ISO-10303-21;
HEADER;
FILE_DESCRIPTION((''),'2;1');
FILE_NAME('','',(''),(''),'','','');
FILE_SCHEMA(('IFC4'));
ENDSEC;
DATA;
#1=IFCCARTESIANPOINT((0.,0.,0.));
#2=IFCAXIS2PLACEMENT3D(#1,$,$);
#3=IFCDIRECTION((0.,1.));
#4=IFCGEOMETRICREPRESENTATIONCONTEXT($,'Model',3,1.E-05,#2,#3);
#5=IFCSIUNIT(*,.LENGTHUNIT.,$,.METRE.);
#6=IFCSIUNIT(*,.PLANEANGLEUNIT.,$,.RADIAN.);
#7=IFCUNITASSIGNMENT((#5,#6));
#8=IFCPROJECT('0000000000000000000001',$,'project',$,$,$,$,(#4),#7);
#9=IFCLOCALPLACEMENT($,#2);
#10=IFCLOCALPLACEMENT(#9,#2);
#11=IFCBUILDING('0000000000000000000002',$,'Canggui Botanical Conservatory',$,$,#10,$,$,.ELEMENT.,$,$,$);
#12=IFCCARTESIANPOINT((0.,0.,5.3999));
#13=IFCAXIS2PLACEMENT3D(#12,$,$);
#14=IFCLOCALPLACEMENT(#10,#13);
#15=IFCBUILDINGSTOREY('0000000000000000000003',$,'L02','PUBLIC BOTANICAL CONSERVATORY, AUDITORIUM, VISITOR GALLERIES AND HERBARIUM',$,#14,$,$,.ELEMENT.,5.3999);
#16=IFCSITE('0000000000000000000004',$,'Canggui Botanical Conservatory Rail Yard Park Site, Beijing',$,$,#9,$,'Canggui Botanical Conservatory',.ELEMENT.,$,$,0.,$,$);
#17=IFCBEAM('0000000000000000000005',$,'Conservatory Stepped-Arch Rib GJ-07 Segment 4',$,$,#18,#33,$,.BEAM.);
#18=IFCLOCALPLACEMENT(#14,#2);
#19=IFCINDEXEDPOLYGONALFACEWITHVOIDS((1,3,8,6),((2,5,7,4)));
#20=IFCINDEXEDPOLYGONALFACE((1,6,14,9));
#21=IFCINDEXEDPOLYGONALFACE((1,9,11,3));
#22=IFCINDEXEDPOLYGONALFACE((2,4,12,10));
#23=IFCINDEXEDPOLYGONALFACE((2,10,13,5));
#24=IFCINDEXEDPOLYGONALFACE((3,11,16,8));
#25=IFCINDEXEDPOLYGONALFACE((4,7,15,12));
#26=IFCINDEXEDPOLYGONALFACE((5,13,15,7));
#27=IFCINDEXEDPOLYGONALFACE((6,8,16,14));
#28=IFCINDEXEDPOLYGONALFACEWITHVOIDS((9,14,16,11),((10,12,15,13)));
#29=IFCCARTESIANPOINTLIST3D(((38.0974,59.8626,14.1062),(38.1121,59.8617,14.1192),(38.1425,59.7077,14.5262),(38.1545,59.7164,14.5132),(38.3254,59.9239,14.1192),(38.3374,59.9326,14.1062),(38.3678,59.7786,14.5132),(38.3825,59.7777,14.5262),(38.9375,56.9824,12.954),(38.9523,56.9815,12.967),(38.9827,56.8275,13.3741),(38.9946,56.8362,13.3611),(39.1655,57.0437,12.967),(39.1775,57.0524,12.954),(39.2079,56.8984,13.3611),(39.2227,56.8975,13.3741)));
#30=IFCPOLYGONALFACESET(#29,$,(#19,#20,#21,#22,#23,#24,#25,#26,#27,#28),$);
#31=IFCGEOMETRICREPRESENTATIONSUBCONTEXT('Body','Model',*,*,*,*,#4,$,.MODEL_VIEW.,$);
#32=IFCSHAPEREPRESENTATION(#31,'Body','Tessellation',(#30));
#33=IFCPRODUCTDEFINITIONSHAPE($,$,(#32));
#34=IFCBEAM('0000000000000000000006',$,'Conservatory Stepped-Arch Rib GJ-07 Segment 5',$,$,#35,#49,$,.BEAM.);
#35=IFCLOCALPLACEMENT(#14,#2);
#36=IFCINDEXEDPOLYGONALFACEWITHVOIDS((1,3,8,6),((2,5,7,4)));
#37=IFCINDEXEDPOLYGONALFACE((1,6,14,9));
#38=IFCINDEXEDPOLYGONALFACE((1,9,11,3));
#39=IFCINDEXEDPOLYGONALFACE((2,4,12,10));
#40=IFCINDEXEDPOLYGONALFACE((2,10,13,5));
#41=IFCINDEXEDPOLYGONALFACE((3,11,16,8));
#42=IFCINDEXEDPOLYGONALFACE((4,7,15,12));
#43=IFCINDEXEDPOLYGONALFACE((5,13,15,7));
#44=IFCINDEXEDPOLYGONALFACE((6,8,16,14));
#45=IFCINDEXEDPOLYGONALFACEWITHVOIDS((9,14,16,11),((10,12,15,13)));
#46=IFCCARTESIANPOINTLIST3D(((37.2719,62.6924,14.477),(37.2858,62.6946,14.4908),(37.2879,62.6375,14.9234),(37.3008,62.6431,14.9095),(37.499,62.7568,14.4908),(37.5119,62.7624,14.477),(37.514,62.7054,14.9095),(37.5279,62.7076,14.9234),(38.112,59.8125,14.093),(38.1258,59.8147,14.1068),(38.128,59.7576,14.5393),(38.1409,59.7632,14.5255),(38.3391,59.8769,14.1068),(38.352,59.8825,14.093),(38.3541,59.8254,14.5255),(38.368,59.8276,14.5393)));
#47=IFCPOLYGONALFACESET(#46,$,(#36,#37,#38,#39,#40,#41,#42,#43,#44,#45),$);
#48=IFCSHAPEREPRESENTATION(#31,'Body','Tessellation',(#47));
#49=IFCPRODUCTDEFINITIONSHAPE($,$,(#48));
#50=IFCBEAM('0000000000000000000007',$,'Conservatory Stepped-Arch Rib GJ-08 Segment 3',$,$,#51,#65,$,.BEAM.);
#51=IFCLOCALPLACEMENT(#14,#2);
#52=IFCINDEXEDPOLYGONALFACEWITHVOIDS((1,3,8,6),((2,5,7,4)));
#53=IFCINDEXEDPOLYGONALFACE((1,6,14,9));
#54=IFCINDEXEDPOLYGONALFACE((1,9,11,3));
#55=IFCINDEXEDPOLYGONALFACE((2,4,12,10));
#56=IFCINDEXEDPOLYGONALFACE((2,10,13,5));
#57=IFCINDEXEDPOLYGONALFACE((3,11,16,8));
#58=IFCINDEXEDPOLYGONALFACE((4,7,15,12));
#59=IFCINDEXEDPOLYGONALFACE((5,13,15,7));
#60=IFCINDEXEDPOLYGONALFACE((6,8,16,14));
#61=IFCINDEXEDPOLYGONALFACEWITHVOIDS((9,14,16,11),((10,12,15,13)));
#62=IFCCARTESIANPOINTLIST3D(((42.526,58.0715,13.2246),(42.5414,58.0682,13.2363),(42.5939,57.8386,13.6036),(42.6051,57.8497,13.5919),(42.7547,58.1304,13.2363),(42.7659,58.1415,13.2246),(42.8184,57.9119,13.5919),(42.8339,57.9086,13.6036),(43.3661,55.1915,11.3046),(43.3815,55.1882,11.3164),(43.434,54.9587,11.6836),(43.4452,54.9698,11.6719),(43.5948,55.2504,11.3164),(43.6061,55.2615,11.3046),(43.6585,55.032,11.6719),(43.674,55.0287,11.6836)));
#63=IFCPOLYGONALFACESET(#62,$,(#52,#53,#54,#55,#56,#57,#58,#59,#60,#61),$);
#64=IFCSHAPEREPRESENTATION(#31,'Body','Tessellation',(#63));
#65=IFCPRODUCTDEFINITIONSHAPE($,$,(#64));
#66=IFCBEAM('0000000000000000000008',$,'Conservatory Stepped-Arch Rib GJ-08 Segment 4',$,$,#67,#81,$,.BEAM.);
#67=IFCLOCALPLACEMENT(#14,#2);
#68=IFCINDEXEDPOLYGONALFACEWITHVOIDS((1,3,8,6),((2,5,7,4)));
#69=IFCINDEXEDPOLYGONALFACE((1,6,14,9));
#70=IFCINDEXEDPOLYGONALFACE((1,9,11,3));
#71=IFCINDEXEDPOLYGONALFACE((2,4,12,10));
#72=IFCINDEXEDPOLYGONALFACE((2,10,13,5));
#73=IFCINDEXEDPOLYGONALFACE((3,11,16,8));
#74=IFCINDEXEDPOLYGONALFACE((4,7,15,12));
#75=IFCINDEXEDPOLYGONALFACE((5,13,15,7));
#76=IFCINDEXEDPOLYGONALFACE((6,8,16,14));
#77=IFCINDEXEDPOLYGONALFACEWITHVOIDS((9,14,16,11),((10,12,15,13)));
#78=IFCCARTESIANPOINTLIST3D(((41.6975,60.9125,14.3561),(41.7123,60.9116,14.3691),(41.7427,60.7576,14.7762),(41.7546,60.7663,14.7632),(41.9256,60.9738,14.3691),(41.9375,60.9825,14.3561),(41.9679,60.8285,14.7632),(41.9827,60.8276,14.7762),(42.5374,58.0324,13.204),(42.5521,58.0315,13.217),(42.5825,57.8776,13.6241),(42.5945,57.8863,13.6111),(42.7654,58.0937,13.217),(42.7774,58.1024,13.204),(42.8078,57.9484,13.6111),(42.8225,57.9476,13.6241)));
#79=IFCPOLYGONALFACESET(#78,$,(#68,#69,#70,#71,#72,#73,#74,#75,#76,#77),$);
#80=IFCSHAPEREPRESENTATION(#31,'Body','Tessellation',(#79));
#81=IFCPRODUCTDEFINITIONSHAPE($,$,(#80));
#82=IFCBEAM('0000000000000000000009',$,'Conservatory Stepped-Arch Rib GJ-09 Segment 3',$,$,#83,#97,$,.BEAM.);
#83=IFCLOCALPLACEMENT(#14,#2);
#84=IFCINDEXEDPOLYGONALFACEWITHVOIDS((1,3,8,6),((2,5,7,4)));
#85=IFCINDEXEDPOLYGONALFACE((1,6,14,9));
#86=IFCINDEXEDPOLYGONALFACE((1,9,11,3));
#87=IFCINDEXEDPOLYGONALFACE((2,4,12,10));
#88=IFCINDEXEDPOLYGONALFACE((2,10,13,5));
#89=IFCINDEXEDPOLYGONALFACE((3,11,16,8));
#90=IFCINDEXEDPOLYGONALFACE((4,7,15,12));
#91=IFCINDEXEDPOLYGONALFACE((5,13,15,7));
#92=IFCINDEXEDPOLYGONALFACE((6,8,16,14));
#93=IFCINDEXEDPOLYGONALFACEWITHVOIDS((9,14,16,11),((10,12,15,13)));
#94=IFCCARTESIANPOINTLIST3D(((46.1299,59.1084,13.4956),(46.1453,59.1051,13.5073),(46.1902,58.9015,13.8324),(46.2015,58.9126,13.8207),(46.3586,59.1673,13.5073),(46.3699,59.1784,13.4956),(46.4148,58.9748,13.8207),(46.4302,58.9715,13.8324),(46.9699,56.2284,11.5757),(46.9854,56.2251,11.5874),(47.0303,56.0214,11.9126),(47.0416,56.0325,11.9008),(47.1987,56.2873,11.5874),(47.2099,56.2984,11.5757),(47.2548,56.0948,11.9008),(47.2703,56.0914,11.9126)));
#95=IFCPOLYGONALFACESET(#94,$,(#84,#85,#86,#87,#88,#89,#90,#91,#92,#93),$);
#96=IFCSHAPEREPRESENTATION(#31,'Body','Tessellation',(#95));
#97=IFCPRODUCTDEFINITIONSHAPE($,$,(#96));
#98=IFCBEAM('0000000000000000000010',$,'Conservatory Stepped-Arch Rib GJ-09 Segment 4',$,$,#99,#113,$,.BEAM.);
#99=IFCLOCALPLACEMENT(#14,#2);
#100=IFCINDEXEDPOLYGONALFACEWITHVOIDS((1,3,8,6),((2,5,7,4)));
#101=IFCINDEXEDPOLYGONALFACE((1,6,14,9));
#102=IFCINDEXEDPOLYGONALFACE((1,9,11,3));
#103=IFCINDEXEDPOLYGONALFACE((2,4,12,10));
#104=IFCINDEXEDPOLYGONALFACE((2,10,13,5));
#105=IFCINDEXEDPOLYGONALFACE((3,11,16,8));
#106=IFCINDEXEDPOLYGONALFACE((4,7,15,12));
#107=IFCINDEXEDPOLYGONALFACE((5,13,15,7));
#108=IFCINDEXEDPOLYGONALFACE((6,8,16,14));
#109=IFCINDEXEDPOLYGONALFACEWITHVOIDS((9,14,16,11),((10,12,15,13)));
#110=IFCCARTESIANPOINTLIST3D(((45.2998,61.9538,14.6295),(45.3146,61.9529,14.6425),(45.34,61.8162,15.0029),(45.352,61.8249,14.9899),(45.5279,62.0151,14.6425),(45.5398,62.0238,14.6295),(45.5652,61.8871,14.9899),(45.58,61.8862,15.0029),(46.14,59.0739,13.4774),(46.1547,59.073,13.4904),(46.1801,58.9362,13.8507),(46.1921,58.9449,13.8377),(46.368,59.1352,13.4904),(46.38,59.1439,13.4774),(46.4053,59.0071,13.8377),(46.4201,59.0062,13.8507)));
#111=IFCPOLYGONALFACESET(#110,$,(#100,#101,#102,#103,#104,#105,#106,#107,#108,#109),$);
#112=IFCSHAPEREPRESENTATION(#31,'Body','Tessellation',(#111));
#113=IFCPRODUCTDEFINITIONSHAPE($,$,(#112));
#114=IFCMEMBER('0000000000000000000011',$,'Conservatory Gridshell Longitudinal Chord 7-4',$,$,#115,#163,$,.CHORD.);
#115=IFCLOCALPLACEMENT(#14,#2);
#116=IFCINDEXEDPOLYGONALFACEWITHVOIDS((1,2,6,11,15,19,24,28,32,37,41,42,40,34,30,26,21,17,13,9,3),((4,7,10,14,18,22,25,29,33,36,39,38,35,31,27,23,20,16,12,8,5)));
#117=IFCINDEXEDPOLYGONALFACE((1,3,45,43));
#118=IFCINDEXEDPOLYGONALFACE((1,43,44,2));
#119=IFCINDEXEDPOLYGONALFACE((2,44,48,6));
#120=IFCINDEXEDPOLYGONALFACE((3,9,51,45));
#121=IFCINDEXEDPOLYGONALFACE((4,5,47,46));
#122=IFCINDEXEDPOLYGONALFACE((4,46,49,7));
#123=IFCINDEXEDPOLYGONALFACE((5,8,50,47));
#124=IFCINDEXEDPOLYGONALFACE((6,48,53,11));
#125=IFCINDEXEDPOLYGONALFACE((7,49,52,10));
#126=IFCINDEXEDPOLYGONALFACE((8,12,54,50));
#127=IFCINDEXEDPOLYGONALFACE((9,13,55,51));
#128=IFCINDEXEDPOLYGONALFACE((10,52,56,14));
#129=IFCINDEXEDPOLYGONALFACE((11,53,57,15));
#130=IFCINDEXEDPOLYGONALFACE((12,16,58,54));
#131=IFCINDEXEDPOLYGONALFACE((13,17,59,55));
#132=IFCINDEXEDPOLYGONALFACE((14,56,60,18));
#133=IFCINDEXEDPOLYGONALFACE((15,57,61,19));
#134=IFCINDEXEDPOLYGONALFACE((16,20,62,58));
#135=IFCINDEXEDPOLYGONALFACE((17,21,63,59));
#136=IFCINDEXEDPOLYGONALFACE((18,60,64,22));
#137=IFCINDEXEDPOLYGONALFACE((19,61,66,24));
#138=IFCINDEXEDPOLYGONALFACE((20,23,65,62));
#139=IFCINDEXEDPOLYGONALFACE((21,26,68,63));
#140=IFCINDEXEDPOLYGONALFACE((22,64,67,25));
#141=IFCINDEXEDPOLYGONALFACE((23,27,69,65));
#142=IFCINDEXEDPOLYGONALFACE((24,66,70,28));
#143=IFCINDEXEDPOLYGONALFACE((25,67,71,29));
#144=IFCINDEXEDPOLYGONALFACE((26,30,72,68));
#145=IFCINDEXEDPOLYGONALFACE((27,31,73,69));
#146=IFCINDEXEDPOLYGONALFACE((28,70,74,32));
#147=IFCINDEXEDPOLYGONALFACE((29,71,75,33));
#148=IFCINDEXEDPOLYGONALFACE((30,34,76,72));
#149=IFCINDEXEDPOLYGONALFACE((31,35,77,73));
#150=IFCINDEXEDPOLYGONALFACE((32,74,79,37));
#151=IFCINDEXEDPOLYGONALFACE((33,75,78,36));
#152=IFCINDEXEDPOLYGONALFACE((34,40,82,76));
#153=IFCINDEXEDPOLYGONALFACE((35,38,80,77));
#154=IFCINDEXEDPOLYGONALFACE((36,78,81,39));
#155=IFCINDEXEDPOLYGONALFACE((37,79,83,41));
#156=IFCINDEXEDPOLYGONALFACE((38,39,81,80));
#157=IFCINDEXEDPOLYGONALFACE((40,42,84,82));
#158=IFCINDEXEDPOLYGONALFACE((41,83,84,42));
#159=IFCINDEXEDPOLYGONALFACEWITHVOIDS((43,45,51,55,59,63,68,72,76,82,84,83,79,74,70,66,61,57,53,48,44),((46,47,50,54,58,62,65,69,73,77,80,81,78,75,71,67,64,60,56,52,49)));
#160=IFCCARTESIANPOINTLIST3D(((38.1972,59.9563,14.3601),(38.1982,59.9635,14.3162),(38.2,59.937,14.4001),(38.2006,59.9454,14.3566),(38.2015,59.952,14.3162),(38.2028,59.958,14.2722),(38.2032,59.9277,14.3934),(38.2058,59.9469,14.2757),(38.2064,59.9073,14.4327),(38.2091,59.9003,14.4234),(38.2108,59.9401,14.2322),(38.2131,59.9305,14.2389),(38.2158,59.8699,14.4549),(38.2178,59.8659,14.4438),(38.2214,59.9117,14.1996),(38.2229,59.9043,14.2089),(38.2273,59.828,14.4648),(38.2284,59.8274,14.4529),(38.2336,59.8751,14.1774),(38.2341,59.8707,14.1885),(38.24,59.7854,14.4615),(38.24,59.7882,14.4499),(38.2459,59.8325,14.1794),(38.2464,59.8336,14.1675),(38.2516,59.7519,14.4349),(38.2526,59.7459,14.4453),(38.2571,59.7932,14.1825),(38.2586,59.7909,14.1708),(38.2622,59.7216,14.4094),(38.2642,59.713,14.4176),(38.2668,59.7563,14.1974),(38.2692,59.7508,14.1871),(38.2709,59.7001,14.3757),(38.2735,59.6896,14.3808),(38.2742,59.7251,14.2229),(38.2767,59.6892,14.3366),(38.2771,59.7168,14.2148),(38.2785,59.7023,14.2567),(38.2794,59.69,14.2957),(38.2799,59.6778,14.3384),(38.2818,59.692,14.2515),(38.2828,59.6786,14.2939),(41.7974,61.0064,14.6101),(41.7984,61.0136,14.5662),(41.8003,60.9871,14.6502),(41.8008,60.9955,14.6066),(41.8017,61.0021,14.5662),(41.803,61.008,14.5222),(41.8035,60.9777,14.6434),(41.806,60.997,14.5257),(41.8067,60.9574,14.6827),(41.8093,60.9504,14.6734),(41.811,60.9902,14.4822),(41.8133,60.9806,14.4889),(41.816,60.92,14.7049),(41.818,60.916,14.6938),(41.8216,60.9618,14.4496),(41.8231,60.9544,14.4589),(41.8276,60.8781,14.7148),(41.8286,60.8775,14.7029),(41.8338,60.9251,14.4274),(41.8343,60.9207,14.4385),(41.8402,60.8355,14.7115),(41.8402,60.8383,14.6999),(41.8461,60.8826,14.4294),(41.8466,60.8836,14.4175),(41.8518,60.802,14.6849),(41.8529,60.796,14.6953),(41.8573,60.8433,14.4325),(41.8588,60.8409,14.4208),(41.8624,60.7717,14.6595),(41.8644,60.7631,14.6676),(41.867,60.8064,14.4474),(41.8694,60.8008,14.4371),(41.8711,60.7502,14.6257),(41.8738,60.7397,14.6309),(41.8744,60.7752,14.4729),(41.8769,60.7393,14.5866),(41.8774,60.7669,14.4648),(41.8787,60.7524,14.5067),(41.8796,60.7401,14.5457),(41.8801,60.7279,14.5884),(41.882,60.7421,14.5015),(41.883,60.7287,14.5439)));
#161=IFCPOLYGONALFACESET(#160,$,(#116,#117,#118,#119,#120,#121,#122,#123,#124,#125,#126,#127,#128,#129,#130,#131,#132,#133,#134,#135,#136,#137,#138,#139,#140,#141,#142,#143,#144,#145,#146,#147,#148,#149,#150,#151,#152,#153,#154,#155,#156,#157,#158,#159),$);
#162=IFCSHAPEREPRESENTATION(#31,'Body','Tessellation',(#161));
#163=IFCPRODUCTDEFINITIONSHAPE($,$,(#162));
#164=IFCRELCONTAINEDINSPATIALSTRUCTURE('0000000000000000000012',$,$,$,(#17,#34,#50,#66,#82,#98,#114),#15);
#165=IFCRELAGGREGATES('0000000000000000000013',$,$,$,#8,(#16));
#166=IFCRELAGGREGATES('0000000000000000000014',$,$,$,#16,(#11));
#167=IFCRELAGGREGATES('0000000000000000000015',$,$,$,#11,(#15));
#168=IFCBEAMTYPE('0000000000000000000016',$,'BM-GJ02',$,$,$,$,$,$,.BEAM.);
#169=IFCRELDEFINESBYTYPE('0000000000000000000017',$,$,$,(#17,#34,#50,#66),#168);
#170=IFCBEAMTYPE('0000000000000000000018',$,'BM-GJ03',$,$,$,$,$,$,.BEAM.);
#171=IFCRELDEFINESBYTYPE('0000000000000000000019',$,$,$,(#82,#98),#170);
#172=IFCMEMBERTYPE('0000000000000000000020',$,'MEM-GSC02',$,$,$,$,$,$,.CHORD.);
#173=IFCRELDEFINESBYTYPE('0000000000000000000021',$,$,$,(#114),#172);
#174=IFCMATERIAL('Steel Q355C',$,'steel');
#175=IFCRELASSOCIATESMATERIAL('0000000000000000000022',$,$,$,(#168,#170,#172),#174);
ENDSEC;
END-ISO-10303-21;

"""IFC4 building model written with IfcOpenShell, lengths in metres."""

from ifc_helpers import new_model, si_unit, direction, frame, origin, origin_2d, place, context, subcontext, project, spatial, hollow_rectangle, hollow_circle, extrude, material, material_profile, profile_set, type_object, element, save


model = new_model("IFC4")

# Units and contexts
model_context = context("Model", 3, precision=1e-05, world=origin(), true_north=direction((0.0, 1.0)))
body_context = subcontext(model_context, "Body", "Model", "MODEL_VIEW")
ifc_project = project(units=[si_unit("LENGTHUNIT", "METRE"), si_unit("PLANEANGLEUNIT", "RADIAN")], contexts=[model_context])

# Site, building, storey
site_placement = place(None, origin())
site = spatial("IfcSite", under=ifc_project, at=site_placement, Name="Canggui Botanical Conservatory Rail Yard Park Site, Beijing", LongName="Canggui Botanical Conservatory", CompositionType="ELEMENT", RefElevation=0.0)
building_placement = place(site_placement, origin())
building = spatial("IfcBuilding", under=site, at=building_placement, Name="Canggui Botanical Conservatory", CompositionType="ELEMENT")
storey_placement = place(building_placement, frame((0.0, 0.0, 5.3999)))
storey = spatial("IfcBuildingStorey", under=building, at=storey_placement, Name="L02", Description="PUBLIC BOTANICAL CONSERVATORY, AUDITORIUM, VISITOR GALLERIES AND HERBARIUM", CompositionType="ELEMENT", Elevation=5.3999)

# Beams
ifc_material_1 = material(Name="Steel Q355C", Category="steel")
ifc_material_profile_1 = material_profile(ifc_material_1, hollow_rectangle(XDim=0.25, YDim=0.45, WallThickness=0.0139, at=origin_2d()), Name="RHS 250x450x14")
ifc_profile_set_1 = profile_set([ifc_material_profile_1], Name="Steel Q355C")
beam_type_1 = type_object("IfcBeamType", Name="BM-GJ02", PredefinedType="BEAM", material=ifc_profile_set_1)
beam_1_placement = place(storey_placement, frame((39.0801, 56.9399, 13.1641), z_axis=(-0.261404, 0.896188, 0.35849), x_axis=(-0.959995, -0.280016, 0.0)))
element("IfcBeam", 1, at=beam_1_placement, inside=storey, type_object=beam_type_1, Name="Conservatory Stepped-Arch Rib GJ-07 Segment 4", PredefinedType="BEAM", context=body_context, shape_type="SweptSolid", body=[
    extrude(hollow_rectangle(XDim=0.25, YDim=0.45, WallThickness=0.0139, at=origin_2d()), origin(), (0.0, 0.0, 1.0), 3.2139),
])
beam_2_placement = place(storey_placement, frame((38.24, 59.8201, 14.3162), z_axis=(-0.277771, 0.952218, 0.126979), x_axis=(-0.959989, -0.280038, 0.0)))
element("IfcBeam", 2, at=beam_2_placement, inside=storey, type_object=beam_type_1, Name="Conservatory Stepped-Arch Rib GJ-07 Segment 5", PredefinedType="BEAM", context=body_context, shape_type="SweptSolid", body=[
    extrude(hollow_rectangle(XDim=0.25, YDim=0.45, WallThickness=0.0139, at=origin_2d()), origin(), (0.0, 0.0, 1.0), 3.0244),
])
beam_3_placement = place(storey_placement, frame((43.52, 55.1101, 11.4941), z_axis=(-0.235868, 0.808574, 0.539049), x_axis=(-0.959989, -0.280038, 0.0)))
element("IfcBeam", 3, at=beam_3_placement, inside=storey, type_object=beam_type_1, Name="Conservatory Stepped-Arch Rib GJ-08 Segment 3", PredefinedType="BEAM", context=body_context, shape_type="SweptSolid", body=[
    extrude(hollow_rectangle(XDim=0.25, YDim=0.45, WallThickness=0.0139, at=origin_2d()), origin(), (0.0, 0.0, 1.0), 3.5618),
])
beam_4_placement = place(storey_placement, frame((42.6799, 57.99, 13.4141), z_axis=(-0.261333, 0.896206, 0.358497), x_axis=(-0.960017, -0.279941, 0.0)))
element("IfcBeam", 4, at=beam_4_placement, inside=storey, type_object=beam_type_1, Name="Conservatory Stepped-Arch Rib GJ-08 Segment 4", PredefinedType="BEAM", context=body_context, shape_type="SweptSolid", body=[
    extrude(hollow_rectangle(XDim=0.25, YDim=0.45, WallThickness=0.0139, at=origin_2d()), origin(), (0.0, 0.0, 1.0), 3.2136),
])
ifc_material_profile_2 = material_profile(ifc_material_1, hollow_rectangle(XDim=0.25, YDim=0.3999, WallThickness=0.0139, at=origin_2d()), Name="RHS 250x400x14")
ifc_profile_set_2 = profile_set([ifc_material_profile_2], Name="Steel Q355C")
beam_type_2 = type_object("IfcBeamType", Name="BM-GJ03", PredefinedType="BEAM", material=ifc_profile_set_2)
beam_5_placement = place(storey_placement, frame((47.1201, 56.1599, 11.7441), z_axis=(-0.235855, 0.808598, 0.539019), x_axis=(-0.959995, -0.280016, 0.0)))
element("IfcBeam", 5, at=beam_5_placement, inside=storey, type_object=beam_type_2, Name="Conservatory Stepped-Arch Rib GJ-09 Segment 3", PredefinedType="BEAM", context=body_context, shape_type="SweptSolid", body=[
    extrude(hollow_rectangle(XDim=0.25, YDim=0.3999, WallThickness=0.0139, at=origin_2d()), origin(), (0.0, 0.0, 1.0), 3.5618),
])
beam_6_placement = place(storey_placement, frame((46.28, 59.04, 13.6641), z_axis=(-0.261422, 0.896173, 0.358515), x_axis=(-0.959989, -0.280038, 0.0)))
element("IfcBeam", 6, at=beam_6_placement, inside=storey, type_object=beam_type_2, Name="Conservatory Stepped-Arch Rib GJ-09 Segment 4", PredefinedType="BEAM", context=body_context, shape_type="SweptSolid", body=[
    extrude(hollow_rectangle(XDim=0.25, YDim=0.3999, WallThickness=0.0139, at=origin_2d()), origin(), (0.0, 0.0, 1.0), 3.2136),
])

# Member
ifc_material_profile_3 = material_profile(ifc_material_1, hollow_circle(Radius=0.1494, WallThickness=0.012, at=origin_2d()), Name="CHS 299x12")
ifc_profile_set_3 = profile_set([ifc_material_profile_3], Name="Steel Q355C")
member_type_1 = type_object("IfcMemberType", Name="MEM-GSC02", PredefinedType="CHORD", material=ifc_profile_set_3)
member_1_placement = place(storey_placement, frame((38.24, 59.8201, 14.3162), z_axis=(0.957872, 0.279385, 0.066517), x_axis=(-0.280005, 0.959999, 0.0)))
element("IfcMember", 7, at=member_1_placement, inside=storey, type_object=member_type_1, Name="Conservatory Gridshell Longitudinal Chord 7-4", PredefinedType="CHORD", context=body_context, shape_type="SweptSolid", body=[
    extrude(hollow_circle(Radius=0.1494, WallThickness=0.012, at=origin_2d()), origin(), (0.0, 0.0, 1.0), 3.7585),
])

save(model, "model.ifc")
